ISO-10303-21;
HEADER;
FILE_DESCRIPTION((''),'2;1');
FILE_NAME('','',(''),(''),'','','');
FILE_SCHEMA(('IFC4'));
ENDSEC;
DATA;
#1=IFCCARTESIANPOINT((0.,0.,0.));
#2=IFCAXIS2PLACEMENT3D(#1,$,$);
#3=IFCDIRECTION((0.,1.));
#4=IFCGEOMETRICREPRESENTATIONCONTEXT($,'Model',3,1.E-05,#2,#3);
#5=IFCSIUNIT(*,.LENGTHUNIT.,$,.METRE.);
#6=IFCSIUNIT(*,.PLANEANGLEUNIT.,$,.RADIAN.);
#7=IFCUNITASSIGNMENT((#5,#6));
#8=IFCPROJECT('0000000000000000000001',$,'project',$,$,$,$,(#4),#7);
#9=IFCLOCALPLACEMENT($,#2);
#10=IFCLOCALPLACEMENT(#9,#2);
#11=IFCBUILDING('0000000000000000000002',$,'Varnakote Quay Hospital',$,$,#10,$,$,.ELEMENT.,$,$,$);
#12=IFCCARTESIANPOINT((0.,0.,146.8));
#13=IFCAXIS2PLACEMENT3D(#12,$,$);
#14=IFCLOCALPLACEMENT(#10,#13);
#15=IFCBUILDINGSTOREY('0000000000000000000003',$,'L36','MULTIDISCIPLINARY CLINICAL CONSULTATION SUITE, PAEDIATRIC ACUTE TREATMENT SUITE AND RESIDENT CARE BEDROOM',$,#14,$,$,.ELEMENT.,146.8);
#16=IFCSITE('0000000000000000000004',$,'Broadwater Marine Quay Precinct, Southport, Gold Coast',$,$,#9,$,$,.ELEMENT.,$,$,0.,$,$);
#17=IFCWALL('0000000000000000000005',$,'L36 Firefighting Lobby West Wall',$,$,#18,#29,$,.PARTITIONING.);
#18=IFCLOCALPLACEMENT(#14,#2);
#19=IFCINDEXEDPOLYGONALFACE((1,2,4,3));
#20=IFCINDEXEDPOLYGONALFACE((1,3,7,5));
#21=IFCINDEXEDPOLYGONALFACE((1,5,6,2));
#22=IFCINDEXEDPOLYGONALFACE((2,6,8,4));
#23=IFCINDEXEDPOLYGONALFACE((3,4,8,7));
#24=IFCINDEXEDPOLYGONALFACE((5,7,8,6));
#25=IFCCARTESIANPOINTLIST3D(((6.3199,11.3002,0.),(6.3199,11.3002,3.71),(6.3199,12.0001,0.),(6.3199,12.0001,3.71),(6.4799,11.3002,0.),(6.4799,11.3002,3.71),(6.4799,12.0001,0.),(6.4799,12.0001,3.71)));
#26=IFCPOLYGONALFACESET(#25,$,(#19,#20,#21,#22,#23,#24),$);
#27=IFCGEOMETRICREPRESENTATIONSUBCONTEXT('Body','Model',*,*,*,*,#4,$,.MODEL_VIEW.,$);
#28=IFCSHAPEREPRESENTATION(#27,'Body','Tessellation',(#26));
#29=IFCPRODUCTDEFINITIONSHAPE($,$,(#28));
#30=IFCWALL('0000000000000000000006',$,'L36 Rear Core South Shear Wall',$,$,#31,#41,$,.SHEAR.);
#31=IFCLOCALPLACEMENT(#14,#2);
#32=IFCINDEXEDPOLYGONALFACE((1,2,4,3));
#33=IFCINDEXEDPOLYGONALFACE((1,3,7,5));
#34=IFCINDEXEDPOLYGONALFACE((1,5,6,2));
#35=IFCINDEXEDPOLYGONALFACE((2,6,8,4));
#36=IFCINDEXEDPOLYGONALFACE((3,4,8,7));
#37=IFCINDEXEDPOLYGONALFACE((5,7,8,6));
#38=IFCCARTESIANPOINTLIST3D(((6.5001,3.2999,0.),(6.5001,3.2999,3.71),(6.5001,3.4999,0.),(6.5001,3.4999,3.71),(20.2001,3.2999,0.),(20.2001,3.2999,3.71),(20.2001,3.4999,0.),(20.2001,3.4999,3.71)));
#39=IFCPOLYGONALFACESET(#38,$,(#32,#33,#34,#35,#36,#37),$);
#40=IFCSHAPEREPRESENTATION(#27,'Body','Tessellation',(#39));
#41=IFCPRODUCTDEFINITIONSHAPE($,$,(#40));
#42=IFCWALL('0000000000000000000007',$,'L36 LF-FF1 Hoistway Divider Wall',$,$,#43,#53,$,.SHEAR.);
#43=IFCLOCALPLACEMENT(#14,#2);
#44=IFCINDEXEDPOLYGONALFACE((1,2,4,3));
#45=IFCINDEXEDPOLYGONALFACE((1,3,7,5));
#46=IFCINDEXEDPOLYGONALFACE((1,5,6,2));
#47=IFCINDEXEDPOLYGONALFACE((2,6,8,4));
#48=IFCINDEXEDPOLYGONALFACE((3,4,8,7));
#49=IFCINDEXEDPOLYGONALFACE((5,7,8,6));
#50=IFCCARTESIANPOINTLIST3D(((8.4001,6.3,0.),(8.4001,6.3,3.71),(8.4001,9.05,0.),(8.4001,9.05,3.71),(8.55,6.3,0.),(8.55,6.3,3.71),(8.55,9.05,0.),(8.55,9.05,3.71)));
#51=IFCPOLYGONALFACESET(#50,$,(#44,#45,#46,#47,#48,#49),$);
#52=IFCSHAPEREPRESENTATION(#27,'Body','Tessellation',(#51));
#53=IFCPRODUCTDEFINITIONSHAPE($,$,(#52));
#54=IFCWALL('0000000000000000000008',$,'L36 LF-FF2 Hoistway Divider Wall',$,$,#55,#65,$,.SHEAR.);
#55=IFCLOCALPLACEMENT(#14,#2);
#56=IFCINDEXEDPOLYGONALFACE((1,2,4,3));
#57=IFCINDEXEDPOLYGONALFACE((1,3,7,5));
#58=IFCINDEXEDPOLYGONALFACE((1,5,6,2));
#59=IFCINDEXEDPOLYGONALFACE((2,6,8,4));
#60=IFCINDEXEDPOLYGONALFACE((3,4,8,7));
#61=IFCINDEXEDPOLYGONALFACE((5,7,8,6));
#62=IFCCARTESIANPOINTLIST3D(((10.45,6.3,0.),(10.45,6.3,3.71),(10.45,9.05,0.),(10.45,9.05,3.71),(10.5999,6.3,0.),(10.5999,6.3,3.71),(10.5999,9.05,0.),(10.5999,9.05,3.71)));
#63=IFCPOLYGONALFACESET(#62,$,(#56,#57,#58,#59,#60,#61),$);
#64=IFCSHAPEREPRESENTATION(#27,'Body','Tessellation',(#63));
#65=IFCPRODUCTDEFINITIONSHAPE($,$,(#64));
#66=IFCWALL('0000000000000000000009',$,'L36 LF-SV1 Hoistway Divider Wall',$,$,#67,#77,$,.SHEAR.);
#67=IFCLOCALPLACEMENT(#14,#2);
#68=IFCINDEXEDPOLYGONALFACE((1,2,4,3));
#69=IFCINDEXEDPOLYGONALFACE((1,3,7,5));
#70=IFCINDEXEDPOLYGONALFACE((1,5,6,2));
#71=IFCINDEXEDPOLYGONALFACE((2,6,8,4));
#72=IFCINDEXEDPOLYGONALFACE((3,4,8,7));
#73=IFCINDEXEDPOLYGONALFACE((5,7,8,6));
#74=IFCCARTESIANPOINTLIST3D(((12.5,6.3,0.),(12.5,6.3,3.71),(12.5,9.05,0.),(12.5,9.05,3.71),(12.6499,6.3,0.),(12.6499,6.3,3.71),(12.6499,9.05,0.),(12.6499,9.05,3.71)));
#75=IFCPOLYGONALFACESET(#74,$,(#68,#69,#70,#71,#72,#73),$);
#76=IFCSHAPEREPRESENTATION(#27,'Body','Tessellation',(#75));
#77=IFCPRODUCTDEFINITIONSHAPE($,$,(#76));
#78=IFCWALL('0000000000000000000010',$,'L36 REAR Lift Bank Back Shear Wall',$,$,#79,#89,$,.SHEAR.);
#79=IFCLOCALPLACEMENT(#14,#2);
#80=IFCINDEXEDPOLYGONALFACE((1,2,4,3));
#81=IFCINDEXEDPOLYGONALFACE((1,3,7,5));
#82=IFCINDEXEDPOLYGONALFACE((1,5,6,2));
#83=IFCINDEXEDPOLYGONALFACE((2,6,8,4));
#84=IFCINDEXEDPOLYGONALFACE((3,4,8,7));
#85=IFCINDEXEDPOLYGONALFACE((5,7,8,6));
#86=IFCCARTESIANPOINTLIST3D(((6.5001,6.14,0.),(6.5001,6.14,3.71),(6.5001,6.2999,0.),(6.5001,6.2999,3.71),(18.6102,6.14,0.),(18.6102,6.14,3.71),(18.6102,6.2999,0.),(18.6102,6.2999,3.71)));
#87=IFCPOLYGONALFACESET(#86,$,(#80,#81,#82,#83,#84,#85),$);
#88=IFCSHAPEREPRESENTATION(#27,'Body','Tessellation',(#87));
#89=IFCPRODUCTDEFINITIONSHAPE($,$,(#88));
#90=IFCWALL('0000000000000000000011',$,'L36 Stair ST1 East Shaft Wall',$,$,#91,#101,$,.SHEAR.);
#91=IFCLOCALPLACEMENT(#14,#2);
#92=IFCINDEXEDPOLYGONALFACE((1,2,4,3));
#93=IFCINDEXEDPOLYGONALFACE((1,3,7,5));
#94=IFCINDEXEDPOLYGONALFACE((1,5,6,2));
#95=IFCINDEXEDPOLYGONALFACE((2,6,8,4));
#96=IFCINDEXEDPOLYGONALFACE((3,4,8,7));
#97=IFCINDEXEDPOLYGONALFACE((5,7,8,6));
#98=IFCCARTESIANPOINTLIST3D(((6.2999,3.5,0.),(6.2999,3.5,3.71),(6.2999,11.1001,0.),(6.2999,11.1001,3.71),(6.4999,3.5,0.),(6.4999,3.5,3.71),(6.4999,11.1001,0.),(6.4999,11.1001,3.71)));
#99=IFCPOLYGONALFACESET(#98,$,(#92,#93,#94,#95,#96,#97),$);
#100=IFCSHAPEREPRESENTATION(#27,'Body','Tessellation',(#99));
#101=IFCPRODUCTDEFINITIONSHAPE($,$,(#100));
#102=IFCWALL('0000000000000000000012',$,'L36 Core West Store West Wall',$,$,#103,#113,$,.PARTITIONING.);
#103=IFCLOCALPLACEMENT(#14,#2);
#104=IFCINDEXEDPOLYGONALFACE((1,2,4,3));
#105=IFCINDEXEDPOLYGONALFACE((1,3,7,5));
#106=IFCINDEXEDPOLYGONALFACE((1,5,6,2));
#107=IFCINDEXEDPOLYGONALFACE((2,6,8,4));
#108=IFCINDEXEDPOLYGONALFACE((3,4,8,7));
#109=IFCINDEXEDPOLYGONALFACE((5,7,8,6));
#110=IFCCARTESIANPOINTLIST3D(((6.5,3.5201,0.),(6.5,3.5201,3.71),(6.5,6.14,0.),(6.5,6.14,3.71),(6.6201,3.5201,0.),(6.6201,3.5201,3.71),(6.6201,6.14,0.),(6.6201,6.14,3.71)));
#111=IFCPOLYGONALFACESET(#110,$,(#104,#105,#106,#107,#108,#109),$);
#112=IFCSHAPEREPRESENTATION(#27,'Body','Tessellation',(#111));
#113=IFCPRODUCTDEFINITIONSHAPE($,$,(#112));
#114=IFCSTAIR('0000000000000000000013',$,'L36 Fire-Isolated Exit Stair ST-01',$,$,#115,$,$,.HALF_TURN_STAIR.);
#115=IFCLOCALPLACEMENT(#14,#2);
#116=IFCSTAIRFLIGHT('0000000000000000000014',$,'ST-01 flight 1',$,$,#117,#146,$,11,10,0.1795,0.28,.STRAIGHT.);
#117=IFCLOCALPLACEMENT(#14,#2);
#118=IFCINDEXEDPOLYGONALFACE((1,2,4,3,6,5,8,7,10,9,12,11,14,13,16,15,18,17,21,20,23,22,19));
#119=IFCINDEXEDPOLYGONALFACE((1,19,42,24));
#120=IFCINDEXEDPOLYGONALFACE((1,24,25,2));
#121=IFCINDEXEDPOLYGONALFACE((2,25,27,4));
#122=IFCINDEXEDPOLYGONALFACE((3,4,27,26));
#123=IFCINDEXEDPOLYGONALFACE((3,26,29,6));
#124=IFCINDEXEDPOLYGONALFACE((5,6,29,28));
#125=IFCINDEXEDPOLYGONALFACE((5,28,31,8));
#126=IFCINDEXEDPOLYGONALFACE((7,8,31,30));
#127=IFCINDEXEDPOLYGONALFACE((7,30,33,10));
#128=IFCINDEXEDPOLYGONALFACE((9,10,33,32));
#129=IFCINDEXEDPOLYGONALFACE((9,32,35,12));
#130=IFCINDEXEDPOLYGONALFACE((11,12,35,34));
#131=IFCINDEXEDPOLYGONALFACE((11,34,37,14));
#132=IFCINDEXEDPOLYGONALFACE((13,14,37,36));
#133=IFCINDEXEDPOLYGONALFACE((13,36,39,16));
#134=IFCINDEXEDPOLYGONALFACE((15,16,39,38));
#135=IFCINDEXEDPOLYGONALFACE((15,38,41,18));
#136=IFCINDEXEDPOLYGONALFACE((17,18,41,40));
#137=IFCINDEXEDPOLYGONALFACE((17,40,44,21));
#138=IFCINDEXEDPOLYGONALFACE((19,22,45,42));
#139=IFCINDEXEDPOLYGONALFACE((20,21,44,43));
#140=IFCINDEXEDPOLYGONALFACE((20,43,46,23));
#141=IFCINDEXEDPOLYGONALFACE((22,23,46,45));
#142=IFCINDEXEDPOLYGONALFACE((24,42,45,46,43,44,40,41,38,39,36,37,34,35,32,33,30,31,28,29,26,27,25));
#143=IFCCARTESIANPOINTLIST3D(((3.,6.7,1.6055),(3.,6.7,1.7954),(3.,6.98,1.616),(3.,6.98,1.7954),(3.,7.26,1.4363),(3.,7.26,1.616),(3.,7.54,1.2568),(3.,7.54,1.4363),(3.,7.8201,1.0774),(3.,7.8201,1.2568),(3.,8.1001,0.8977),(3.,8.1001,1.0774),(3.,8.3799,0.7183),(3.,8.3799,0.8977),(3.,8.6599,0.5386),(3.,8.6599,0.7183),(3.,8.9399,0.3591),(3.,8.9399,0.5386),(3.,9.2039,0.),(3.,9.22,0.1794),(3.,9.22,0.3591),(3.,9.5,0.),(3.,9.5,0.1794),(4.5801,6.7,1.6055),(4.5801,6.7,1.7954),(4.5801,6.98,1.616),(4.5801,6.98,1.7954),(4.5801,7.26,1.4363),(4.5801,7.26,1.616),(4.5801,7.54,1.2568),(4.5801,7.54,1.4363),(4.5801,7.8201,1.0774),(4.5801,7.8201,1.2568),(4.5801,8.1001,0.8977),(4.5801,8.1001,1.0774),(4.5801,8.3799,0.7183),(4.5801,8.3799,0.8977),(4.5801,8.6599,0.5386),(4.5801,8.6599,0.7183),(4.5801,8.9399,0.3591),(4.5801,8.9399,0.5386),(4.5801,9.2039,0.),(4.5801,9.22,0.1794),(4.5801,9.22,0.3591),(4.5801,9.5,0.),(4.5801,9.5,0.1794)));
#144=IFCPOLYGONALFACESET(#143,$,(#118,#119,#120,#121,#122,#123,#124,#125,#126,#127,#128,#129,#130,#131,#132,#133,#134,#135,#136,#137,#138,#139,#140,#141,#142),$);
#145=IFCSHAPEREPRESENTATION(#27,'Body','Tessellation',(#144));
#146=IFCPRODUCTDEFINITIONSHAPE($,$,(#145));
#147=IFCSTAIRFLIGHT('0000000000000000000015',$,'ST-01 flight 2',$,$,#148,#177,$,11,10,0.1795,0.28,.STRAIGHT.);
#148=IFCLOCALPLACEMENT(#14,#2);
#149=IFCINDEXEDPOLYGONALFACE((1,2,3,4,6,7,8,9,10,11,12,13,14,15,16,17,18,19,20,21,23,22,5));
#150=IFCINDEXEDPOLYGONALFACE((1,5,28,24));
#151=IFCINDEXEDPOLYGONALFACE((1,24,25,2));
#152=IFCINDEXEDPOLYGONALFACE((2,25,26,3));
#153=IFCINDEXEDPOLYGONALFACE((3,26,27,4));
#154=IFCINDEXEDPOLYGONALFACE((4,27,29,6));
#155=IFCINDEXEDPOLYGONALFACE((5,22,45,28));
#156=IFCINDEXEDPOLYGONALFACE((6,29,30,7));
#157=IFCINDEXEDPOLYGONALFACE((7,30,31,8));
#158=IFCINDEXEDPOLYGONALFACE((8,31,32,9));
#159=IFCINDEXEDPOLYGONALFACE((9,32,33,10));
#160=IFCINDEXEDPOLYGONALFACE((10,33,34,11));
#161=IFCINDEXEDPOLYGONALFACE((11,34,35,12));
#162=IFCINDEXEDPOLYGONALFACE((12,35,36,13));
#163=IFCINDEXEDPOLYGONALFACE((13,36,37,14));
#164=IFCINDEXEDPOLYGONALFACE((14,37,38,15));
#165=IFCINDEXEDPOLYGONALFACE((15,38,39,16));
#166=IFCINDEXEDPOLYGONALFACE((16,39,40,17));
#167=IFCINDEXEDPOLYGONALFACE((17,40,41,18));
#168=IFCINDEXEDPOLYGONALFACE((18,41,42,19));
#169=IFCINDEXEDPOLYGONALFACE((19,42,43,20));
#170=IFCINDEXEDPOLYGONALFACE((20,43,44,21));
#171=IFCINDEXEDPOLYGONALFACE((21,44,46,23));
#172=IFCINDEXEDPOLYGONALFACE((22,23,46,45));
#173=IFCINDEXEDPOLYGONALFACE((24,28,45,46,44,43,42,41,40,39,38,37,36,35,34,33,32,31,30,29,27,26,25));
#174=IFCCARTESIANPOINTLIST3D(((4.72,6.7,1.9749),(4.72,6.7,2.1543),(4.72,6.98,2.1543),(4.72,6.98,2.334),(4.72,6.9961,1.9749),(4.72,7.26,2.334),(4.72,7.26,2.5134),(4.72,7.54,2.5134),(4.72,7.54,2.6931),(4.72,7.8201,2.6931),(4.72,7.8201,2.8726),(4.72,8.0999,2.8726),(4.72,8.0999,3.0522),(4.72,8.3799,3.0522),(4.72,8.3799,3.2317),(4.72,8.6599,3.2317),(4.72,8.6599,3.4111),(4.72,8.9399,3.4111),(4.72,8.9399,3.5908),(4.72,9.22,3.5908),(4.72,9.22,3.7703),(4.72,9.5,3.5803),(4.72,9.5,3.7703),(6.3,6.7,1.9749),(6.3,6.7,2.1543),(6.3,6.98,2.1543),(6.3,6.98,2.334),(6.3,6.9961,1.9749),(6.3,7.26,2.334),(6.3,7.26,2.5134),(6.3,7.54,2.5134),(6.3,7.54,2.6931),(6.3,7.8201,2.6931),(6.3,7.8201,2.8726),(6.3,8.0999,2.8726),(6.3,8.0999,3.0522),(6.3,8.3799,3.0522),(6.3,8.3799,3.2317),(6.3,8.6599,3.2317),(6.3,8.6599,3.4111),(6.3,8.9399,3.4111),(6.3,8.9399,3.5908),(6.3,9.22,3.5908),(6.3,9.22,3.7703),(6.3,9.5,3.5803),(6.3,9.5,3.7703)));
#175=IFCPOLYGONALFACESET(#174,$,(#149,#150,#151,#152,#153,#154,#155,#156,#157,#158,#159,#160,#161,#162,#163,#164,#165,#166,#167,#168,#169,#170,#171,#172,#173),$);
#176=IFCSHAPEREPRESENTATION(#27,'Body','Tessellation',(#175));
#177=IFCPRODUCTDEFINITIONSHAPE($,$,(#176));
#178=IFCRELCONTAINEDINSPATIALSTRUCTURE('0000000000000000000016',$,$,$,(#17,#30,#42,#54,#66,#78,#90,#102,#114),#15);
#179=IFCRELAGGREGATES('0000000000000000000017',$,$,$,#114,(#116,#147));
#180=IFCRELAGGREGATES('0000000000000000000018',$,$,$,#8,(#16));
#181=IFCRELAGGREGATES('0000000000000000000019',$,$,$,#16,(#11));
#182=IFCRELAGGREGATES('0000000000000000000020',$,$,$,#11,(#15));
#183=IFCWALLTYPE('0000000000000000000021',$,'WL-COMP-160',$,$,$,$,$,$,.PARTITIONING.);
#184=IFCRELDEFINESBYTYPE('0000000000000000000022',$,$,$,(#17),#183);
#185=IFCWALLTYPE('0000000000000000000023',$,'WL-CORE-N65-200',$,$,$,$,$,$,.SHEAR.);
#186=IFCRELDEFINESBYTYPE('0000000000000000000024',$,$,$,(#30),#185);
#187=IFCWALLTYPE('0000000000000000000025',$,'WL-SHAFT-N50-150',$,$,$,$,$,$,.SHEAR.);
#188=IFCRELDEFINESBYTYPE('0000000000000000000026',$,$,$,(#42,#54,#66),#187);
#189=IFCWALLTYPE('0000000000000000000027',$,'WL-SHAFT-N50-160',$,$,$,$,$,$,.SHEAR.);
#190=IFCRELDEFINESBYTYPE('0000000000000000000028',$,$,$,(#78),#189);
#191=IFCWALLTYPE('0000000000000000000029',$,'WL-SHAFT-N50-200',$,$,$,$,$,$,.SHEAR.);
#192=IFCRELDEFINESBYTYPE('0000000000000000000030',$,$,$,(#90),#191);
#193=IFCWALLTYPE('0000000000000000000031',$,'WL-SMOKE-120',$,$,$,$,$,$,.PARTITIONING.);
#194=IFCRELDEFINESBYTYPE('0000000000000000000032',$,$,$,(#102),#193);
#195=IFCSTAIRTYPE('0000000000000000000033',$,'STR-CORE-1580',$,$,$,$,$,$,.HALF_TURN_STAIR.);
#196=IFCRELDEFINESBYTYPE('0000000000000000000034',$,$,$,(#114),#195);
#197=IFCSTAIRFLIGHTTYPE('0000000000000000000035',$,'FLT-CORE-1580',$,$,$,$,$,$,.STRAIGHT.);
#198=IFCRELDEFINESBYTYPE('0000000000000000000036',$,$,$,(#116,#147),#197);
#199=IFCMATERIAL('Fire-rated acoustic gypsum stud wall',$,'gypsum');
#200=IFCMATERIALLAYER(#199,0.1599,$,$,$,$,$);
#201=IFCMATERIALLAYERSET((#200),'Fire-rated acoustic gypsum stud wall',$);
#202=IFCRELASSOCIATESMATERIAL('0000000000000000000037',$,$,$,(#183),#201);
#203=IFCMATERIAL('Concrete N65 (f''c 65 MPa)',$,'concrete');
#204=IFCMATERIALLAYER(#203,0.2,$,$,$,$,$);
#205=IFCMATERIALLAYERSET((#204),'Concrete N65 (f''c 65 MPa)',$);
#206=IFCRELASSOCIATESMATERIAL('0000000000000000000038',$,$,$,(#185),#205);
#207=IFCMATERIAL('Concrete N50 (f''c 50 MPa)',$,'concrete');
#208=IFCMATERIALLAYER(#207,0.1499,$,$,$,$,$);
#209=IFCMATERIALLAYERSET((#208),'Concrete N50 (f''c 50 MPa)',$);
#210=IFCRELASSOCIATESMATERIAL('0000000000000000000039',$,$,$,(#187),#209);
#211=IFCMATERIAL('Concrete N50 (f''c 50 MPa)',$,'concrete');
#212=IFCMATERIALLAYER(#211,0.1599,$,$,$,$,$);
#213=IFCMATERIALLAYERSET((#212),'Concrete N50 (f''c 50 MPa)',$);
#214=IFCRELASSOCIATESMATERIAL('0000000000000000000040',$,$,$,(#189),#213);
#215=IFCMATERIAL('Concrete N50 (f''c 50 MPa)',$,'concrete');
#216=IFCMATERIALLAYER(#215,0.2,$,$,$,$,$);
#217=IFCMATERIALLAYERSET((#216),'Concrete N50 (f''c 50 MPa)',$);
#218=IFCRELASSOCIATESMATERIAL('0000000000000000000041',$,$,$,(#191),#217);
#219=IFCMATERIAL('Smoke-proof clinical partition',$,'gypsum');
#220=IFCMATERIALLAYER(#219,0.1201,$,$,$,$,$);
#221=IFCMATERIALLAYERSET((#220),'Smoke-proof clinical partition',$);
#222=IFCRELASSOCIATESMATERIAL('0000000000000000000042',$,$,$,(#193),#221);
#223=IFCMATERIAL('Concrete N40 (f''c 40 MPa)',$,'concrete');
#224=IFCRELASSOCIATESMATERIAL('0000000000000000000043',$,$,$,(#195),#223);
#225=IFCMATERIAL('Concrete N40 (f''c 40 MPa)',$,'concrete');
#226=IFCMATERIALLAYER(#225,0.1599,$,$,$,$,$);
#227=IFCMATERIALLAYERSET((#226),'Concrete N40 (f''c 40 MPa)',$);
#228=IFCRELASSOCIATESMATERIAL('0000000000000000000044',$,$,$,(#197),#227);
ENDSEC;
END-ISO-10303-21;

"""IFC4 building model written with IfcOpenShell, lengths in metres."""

from ifc_helpers import new_model, si_unit, direction, frame, frame_2d, origin, place, context, subcontext, project, spatial, polyline, rectangle, outline, extrude, material, layer, layer_set, type_object, element, aggregate, save


model = new_model("IFC4")

# Units and contexts
model_context = context("Model", 3, precision=1e-05, world=origin(), true_north=direction((0.0, 1.0)))
body_context = subcontext(model_context, "Body", "Model", "MODEL_VIEW")
ifc_project = project(units=[si_unit("LENGTHUNIT", "METRE"), si_unit("PLANEANGLEUNIT", "RADIAN")], contexts=[model_context])

# Site, building, storey
site_placement = place(None, origin())
site = spatial("IfcSite", under=ifc_project, at=site_placement, Name="Broadwater Marine Quay Precinct, Southport, Gold Coast", CompositionType="ELEMENT", RefElevation=0.0)
building_placement = place(site_placement, origin())
building = spatial("IfcBuilding", under=site, at=building_placement, Name="Varnakote Quay Hospital", CompositionType="ELEMENT")
storey_placement = place(building_placement, frame((0.0, 0.0, 146.8)))
storey = spatial("IfcBuildingStorey", under=building, at=storey_placement, Name="L36", Description="MULTIDISCIPLINARY CLINICAL CONSULTATION SUITE, PAEDIATRIC ACUTE TREATMENT SUITE AND RESIDENT CARE BEDROOM", CompositionType="ELEMENT", Elevation=146.8)

# Walls
ifc_material_1 = material(Name="Fire-rated acoustic gypsum stud wall", Category="gypsum")
ifc_layer_1 = layer(ifc_material_1, 0.1599)
ifc_layer_set_1 = layer_set([ifc_layer_1], Name="Fire-rated acoustic gypsum stud wall")
wall_type_1 = type_object("IfcWallType", Name="WL-COMP-160", PredefinedType="PARTITIONING", material=ifc_layer_set_1)
wall_1_placement = place(storey_placement, frame((6.3999, 11.3, 0.0), z_axis=(0.0, 0.0, 1.0), x_axis=(0.0, 1.0, 0.0)))
element("IfcWall", 1, at=wall_1_placement, inside=storey, type_object=wall_type_1, Name="L36 Firefighting Lobby West Wall", PredefinedType="PARTITIONING", context=body_context, shape_type="SweptSolid", body=[
    extrude(rectangle(XDim=0.7, YDim=0.1599, at=frame_2d((0.3501, 0.0))), origin(), (0.0, 0.0, 1.0), 3.71),
])
ifc_material_2 = material(Name="Concrete N65 (f'c 65 MPa)", Category="concrete")
ifc_layer_2 = layer(ifc_material_2, 0.2)
ifc_layer_set_2 = layer_set([ifc_layer_2], Name="Concrete N65 (f'c 65 MPa)")
wall_type_2 = type_object("IfcWallType", Name="WL-CORE-N65-200", PredefinedType="SHEAR", material=ifc_layer_set_2)
wall_2_placement = place(storey_placement, frame((6.5, 3.3999, 0.0), z_axis=(0.0, 0.0, 1.0), x_axis=(1.0, 0.0, 0.0)))
element("IfcWall", 2, at=wall_2_placement, inside=storey, type_object=wall_type_2, Name="L36 Rear Core South Shear Wall", PredefinedType="SHEAR", context=body_context, shape_type="SweptSolid", body=[
    extrude(rectangle(XDim=13.7, YDim=0.2, at=frame_2d((6.8501, 0.0))), origin(), (0.0, 0.0, 1.0), 3.71),
])
ifc_material_3 = material(Name="Concrete N50 (f'c 50 MPa)", Category="concrete")
ifc_layer_3 = layer(ifc_material_3, 0.1499)
ifc_layer_set_3 = layer_set([ifc_layer_3], Name="Concrete N50 (f'c 50 MPa)")
wall_type_3 = type_object("IfcWallType", Name="WL-SHAFT-N50-150", PredefinedType="SHEAR", material=ifc_layer_set_3)
for number, where, z_axis, x_axis, name in (
    (3, (8.4751, 6.3, 0.0), (0.0, 0.0, 1.0), (0.0, 1.0, 0.0), "L36 LF-FF1 Hoistway Divider Wall"),
    (4, (10.5249, 6.3, 0.0), (0.0, 0.0, 1.0), (0.0, 1.0, 0.0), "L36 LF-FF2 Hoistway Divider Wall"),
    (5, (12.575, 6.3, 0.0), (0.0, 0.0, 1.0), (0.0, 1.0, 0.0), "L36 LF-SV1 Hoistway Divider Wall"),
):
    element("IfcWall", number, at=place(storey_placement, frame(where, z_axis=z_axis, x_axis=x_axis)), inside=storey, type_object=wall_type_3, Name=name, PredefinedType="SHEAR", context=body_context, shape_type="SweptSolid", body=[
        extrude(rectangle(XDim=2.75, YDim=0.1499, at=frame_2d((1.375, 0.0))), origin(), (0.0, 0.0, 1.0), 3.71),
    ])
ifc_material_4 = material(Name="Concrete N50 (f'c 50 MPa)", Category="concrete")
ifc_layer_4 = layer(ifc_material_4, 0.1599)
ifc_layer_set_4 = layer_set([ifc_layer_4], Name="Concrete N50 (f'c 50 MPa)")
wall_type_4 = type_object("IfcWallType", Name="WL-SHAFT-N50-160", PredefinedType="SHEAR", material=ifc_layer_set_4)
wall_3_placement = place(storey_placement, frame((6.5, 6.22, 0.0), z_axis=(0.0, 0.0, 1.0), x_axis=(1.0, 0.0, 0.0)))
element("IfcWall", 6, at=wall_3_placement, inside=storey, type_object=wall_type_4, Name="L36 REAR Lift Bank Back Shear Wall", PredefinedType="SHEAR", context=body_context, shape_type="SweptSolid", body=[
    extrude(rectangle(XDim=12.1101, YDim=0.1599, at=frame_2d((6.0552, 0.0))), origin(), (0.0, 0.0, 1.0), 3.71),
])

# Walls
ifc_material_5 = material(Name="Concrete N50 (f'c 50 MPa)", Category="concrete")
ifc_layer_5 = layer(ifc_material_5, 0.2)
ifc_layer_set_5 = layer_set([ifc_layer_5], Name="Concrete N50 (f'c 50 MPa)")
wall_type_5 = type_object("IfcWallType", Name="WL-SHAFT-N50-200", PredefinedType="SHEAR", material=ifc_layer_set_5)
wall_4_placement = place(storey_placement, frame((6.3999, 3.5, 0.0), z_axis=(0.0, 0.0, 1.0), x_axis=(0.0, 1.0, 0.0)))
element("IfcWall", 7, at=wall_4_placement, inside=storey, type_object=wall_type_5, Name="L36 Stair ST1 East Shaft Wall", PredefinedType="SHEAR", context=body_context, shape_type="SweptSolid", body=[
    extrude(rectangle(XDim=7.6001, YDim=0.2, at=frame_2d((3.8, 0.0))), origin(), (0.0, 0.0, 1.0), 3.71),
])
ifc_material_6 = material(Name="Smoke-proof clinical partition", Category="gypsum")
ifc_layer_6 = layer(ifc_material_6, 0.1201)
ifc_layer_set_6 = layer_set([ifc_layer_6], Name="Smoke-proof clinical partition")
wall_type_6 = type_object("IfcWallType", Name="WL-SMOKE-120", PredefinedType="PARTITIONING", material=ifc_layer_set_6)
wall_5_placement = place(storey_placement, frame((6.5601, 3.52, 0.0), z_axis=(0.0, 0.0, 1.0), x_axis=(0.0, 1.0, 0.0)))
element("IfcWall", 8, at=wall_5_placement, inside=storey, type_object=wall_type_6, Name="L36 Core West Store West Wall", PredefinedType="PARTITIONING", context=body_context, shape_type="SweptSolid", body=[
    extrude(rectangle(XDim=2.6199, YDim=0.1201, at=frame_2d((1.3101, 0.0))), origin(), (0.0, 0.0, 1.0), 3.71),
])

# Stair, stair flights
ifc_material_7 = material(Name="Concrete N40 (f'c 40 MPa)", Category="concrete")
stair_type = type_object("IfcStairType", Name="STR-CORE-1580", PredefinedType="HALF_TURN_STAIR", material=ifc_material_7)
stair_placement = place(storey_placement, origin())
stair = element("IfcStair", 9, at=stair_placement, inside=storey, type_object=stair_type, Name="L36 Fire-Isolated Exit Stair ST-01", PredefinedType="HALF_TURN_STAIR")
ifc_material_8 = material(Name="Concrete N40 (f'c 40 MPa)", Category="concrete")
ifc_layer_7 = layer(ifc_material_8, 0.1599)
ifc_layer_set_7 = layer_set([ifc_layer_7], Name="Concrete N40 (f'c 40 MPa)")
stair_flight_type = type_object("IfcStairFlightType", Name="FLT-CORE-1580", PredefinedType="STRAIGHT", material=ifc_layer_set_7)
stair_flight_1_placement = place(storey_placement, frame((3.79, 9.5, 0.0), z_axis=(0.0, 0.0, 1.0), x_axis=(0.0, -1.0, 0.0)))
stair_flight_1 = element("IfcStairFlight", 10, at=stair_flight_1_placement, type_object=stair_flight_type, Name="ST-01 flight 1", NumberOfRisers=11, NumberOfTreads=10, PredefinedType="STRAIGHT", RiserHeight=0.1795, TreadLength=0.28, context=body_context, shape_type="SweptSolid", body=[
    extrude(outline(polyline([(0.0, 0.0), (0.0, 0.1794), (0.28, 0.1794), (0.28, 0.3591), (0.5601, 0.3591), (0.5601, 0.5386), (0.8401, 0.5386), (0.8401, 0.7183), (1.1201, 0.7183), (1.1201, 0.8977), (1.3999, 0.8977), (1.3999, 1.0774), (1.6799, 1.0774), (1.6799, 1.2568), (1.96, 1.2568), (1.96, 1.4363), (2.24, 1.4363), (2.24, 1.616), (2.52, 1.616), (2.52, 1.7954), (2.8, 1.7954), (2.8, 1.9751), (2.8, 1.6055), (0.2961, 0.0), (0.0, 0.0)])), frame((0.0, 0.79, 0.0), z_axis=(0.0, -1.0, 0.0), x_axis=(1.0, 0.0, 0.0)), (0.0, 0.0, 1.0), 1.5801),
])
stair_flight_2_placement = place(storey_placement, frame((5.51, 6.7, 1.9749), z_axis=(0.0, 0.0, 1.0), x_axis=(0.0, 1.0, 0.0)))
stair_flight_2 = element("IfcStairFlight", 11, at=stair_flight_2_placement, type_object=stair_flight_type, Name="ST-01 flight 2", NumberOfRisers=11, NumberOfTreads=10, PredefinedType="STRAIGHT", RiserHeight=0.1795, TreadLength=0.28, context=body_context, shape_type="SweptSolid", body=[
    extrude(outline(polyline([(0.0, 0.0), (0.0, 0.1794), (0.28, 0.1794), (0.28, 0.3591), (0.5601, 0.3591), (0.5601, 0.5386), (0.8401, 0.5386), (0.8401, 0.7183), (1.1201, 0.7183), (1.1201, 0.8977), (1.3999, 0.8977), (1.3999, 1.0774), (1.6799, 1.0774), (1.6799, 1.2568), (1.96, 1.2568), (1.96, 1.4363), (2.24, 1.4363), (2.24, 1.616), (2.52, 1.616), (2.52, 1.7954), (2.8, 1.7954), (2.8, 1.9751), (2.8, 1.6055), (0.2961, 0.0), (0.0, 0.0)])), frame((0.0, 0.79, 0.0), z_axis=(0.0, -1.0, 0.0), x_axis=(1.0, 0.0, 0.0)), (0.0, 0.0, 1.0), 1.5801),
])
aggregate(stair, [stair_flight_1, stair_flight_2])

save(model, "model.ifc")
